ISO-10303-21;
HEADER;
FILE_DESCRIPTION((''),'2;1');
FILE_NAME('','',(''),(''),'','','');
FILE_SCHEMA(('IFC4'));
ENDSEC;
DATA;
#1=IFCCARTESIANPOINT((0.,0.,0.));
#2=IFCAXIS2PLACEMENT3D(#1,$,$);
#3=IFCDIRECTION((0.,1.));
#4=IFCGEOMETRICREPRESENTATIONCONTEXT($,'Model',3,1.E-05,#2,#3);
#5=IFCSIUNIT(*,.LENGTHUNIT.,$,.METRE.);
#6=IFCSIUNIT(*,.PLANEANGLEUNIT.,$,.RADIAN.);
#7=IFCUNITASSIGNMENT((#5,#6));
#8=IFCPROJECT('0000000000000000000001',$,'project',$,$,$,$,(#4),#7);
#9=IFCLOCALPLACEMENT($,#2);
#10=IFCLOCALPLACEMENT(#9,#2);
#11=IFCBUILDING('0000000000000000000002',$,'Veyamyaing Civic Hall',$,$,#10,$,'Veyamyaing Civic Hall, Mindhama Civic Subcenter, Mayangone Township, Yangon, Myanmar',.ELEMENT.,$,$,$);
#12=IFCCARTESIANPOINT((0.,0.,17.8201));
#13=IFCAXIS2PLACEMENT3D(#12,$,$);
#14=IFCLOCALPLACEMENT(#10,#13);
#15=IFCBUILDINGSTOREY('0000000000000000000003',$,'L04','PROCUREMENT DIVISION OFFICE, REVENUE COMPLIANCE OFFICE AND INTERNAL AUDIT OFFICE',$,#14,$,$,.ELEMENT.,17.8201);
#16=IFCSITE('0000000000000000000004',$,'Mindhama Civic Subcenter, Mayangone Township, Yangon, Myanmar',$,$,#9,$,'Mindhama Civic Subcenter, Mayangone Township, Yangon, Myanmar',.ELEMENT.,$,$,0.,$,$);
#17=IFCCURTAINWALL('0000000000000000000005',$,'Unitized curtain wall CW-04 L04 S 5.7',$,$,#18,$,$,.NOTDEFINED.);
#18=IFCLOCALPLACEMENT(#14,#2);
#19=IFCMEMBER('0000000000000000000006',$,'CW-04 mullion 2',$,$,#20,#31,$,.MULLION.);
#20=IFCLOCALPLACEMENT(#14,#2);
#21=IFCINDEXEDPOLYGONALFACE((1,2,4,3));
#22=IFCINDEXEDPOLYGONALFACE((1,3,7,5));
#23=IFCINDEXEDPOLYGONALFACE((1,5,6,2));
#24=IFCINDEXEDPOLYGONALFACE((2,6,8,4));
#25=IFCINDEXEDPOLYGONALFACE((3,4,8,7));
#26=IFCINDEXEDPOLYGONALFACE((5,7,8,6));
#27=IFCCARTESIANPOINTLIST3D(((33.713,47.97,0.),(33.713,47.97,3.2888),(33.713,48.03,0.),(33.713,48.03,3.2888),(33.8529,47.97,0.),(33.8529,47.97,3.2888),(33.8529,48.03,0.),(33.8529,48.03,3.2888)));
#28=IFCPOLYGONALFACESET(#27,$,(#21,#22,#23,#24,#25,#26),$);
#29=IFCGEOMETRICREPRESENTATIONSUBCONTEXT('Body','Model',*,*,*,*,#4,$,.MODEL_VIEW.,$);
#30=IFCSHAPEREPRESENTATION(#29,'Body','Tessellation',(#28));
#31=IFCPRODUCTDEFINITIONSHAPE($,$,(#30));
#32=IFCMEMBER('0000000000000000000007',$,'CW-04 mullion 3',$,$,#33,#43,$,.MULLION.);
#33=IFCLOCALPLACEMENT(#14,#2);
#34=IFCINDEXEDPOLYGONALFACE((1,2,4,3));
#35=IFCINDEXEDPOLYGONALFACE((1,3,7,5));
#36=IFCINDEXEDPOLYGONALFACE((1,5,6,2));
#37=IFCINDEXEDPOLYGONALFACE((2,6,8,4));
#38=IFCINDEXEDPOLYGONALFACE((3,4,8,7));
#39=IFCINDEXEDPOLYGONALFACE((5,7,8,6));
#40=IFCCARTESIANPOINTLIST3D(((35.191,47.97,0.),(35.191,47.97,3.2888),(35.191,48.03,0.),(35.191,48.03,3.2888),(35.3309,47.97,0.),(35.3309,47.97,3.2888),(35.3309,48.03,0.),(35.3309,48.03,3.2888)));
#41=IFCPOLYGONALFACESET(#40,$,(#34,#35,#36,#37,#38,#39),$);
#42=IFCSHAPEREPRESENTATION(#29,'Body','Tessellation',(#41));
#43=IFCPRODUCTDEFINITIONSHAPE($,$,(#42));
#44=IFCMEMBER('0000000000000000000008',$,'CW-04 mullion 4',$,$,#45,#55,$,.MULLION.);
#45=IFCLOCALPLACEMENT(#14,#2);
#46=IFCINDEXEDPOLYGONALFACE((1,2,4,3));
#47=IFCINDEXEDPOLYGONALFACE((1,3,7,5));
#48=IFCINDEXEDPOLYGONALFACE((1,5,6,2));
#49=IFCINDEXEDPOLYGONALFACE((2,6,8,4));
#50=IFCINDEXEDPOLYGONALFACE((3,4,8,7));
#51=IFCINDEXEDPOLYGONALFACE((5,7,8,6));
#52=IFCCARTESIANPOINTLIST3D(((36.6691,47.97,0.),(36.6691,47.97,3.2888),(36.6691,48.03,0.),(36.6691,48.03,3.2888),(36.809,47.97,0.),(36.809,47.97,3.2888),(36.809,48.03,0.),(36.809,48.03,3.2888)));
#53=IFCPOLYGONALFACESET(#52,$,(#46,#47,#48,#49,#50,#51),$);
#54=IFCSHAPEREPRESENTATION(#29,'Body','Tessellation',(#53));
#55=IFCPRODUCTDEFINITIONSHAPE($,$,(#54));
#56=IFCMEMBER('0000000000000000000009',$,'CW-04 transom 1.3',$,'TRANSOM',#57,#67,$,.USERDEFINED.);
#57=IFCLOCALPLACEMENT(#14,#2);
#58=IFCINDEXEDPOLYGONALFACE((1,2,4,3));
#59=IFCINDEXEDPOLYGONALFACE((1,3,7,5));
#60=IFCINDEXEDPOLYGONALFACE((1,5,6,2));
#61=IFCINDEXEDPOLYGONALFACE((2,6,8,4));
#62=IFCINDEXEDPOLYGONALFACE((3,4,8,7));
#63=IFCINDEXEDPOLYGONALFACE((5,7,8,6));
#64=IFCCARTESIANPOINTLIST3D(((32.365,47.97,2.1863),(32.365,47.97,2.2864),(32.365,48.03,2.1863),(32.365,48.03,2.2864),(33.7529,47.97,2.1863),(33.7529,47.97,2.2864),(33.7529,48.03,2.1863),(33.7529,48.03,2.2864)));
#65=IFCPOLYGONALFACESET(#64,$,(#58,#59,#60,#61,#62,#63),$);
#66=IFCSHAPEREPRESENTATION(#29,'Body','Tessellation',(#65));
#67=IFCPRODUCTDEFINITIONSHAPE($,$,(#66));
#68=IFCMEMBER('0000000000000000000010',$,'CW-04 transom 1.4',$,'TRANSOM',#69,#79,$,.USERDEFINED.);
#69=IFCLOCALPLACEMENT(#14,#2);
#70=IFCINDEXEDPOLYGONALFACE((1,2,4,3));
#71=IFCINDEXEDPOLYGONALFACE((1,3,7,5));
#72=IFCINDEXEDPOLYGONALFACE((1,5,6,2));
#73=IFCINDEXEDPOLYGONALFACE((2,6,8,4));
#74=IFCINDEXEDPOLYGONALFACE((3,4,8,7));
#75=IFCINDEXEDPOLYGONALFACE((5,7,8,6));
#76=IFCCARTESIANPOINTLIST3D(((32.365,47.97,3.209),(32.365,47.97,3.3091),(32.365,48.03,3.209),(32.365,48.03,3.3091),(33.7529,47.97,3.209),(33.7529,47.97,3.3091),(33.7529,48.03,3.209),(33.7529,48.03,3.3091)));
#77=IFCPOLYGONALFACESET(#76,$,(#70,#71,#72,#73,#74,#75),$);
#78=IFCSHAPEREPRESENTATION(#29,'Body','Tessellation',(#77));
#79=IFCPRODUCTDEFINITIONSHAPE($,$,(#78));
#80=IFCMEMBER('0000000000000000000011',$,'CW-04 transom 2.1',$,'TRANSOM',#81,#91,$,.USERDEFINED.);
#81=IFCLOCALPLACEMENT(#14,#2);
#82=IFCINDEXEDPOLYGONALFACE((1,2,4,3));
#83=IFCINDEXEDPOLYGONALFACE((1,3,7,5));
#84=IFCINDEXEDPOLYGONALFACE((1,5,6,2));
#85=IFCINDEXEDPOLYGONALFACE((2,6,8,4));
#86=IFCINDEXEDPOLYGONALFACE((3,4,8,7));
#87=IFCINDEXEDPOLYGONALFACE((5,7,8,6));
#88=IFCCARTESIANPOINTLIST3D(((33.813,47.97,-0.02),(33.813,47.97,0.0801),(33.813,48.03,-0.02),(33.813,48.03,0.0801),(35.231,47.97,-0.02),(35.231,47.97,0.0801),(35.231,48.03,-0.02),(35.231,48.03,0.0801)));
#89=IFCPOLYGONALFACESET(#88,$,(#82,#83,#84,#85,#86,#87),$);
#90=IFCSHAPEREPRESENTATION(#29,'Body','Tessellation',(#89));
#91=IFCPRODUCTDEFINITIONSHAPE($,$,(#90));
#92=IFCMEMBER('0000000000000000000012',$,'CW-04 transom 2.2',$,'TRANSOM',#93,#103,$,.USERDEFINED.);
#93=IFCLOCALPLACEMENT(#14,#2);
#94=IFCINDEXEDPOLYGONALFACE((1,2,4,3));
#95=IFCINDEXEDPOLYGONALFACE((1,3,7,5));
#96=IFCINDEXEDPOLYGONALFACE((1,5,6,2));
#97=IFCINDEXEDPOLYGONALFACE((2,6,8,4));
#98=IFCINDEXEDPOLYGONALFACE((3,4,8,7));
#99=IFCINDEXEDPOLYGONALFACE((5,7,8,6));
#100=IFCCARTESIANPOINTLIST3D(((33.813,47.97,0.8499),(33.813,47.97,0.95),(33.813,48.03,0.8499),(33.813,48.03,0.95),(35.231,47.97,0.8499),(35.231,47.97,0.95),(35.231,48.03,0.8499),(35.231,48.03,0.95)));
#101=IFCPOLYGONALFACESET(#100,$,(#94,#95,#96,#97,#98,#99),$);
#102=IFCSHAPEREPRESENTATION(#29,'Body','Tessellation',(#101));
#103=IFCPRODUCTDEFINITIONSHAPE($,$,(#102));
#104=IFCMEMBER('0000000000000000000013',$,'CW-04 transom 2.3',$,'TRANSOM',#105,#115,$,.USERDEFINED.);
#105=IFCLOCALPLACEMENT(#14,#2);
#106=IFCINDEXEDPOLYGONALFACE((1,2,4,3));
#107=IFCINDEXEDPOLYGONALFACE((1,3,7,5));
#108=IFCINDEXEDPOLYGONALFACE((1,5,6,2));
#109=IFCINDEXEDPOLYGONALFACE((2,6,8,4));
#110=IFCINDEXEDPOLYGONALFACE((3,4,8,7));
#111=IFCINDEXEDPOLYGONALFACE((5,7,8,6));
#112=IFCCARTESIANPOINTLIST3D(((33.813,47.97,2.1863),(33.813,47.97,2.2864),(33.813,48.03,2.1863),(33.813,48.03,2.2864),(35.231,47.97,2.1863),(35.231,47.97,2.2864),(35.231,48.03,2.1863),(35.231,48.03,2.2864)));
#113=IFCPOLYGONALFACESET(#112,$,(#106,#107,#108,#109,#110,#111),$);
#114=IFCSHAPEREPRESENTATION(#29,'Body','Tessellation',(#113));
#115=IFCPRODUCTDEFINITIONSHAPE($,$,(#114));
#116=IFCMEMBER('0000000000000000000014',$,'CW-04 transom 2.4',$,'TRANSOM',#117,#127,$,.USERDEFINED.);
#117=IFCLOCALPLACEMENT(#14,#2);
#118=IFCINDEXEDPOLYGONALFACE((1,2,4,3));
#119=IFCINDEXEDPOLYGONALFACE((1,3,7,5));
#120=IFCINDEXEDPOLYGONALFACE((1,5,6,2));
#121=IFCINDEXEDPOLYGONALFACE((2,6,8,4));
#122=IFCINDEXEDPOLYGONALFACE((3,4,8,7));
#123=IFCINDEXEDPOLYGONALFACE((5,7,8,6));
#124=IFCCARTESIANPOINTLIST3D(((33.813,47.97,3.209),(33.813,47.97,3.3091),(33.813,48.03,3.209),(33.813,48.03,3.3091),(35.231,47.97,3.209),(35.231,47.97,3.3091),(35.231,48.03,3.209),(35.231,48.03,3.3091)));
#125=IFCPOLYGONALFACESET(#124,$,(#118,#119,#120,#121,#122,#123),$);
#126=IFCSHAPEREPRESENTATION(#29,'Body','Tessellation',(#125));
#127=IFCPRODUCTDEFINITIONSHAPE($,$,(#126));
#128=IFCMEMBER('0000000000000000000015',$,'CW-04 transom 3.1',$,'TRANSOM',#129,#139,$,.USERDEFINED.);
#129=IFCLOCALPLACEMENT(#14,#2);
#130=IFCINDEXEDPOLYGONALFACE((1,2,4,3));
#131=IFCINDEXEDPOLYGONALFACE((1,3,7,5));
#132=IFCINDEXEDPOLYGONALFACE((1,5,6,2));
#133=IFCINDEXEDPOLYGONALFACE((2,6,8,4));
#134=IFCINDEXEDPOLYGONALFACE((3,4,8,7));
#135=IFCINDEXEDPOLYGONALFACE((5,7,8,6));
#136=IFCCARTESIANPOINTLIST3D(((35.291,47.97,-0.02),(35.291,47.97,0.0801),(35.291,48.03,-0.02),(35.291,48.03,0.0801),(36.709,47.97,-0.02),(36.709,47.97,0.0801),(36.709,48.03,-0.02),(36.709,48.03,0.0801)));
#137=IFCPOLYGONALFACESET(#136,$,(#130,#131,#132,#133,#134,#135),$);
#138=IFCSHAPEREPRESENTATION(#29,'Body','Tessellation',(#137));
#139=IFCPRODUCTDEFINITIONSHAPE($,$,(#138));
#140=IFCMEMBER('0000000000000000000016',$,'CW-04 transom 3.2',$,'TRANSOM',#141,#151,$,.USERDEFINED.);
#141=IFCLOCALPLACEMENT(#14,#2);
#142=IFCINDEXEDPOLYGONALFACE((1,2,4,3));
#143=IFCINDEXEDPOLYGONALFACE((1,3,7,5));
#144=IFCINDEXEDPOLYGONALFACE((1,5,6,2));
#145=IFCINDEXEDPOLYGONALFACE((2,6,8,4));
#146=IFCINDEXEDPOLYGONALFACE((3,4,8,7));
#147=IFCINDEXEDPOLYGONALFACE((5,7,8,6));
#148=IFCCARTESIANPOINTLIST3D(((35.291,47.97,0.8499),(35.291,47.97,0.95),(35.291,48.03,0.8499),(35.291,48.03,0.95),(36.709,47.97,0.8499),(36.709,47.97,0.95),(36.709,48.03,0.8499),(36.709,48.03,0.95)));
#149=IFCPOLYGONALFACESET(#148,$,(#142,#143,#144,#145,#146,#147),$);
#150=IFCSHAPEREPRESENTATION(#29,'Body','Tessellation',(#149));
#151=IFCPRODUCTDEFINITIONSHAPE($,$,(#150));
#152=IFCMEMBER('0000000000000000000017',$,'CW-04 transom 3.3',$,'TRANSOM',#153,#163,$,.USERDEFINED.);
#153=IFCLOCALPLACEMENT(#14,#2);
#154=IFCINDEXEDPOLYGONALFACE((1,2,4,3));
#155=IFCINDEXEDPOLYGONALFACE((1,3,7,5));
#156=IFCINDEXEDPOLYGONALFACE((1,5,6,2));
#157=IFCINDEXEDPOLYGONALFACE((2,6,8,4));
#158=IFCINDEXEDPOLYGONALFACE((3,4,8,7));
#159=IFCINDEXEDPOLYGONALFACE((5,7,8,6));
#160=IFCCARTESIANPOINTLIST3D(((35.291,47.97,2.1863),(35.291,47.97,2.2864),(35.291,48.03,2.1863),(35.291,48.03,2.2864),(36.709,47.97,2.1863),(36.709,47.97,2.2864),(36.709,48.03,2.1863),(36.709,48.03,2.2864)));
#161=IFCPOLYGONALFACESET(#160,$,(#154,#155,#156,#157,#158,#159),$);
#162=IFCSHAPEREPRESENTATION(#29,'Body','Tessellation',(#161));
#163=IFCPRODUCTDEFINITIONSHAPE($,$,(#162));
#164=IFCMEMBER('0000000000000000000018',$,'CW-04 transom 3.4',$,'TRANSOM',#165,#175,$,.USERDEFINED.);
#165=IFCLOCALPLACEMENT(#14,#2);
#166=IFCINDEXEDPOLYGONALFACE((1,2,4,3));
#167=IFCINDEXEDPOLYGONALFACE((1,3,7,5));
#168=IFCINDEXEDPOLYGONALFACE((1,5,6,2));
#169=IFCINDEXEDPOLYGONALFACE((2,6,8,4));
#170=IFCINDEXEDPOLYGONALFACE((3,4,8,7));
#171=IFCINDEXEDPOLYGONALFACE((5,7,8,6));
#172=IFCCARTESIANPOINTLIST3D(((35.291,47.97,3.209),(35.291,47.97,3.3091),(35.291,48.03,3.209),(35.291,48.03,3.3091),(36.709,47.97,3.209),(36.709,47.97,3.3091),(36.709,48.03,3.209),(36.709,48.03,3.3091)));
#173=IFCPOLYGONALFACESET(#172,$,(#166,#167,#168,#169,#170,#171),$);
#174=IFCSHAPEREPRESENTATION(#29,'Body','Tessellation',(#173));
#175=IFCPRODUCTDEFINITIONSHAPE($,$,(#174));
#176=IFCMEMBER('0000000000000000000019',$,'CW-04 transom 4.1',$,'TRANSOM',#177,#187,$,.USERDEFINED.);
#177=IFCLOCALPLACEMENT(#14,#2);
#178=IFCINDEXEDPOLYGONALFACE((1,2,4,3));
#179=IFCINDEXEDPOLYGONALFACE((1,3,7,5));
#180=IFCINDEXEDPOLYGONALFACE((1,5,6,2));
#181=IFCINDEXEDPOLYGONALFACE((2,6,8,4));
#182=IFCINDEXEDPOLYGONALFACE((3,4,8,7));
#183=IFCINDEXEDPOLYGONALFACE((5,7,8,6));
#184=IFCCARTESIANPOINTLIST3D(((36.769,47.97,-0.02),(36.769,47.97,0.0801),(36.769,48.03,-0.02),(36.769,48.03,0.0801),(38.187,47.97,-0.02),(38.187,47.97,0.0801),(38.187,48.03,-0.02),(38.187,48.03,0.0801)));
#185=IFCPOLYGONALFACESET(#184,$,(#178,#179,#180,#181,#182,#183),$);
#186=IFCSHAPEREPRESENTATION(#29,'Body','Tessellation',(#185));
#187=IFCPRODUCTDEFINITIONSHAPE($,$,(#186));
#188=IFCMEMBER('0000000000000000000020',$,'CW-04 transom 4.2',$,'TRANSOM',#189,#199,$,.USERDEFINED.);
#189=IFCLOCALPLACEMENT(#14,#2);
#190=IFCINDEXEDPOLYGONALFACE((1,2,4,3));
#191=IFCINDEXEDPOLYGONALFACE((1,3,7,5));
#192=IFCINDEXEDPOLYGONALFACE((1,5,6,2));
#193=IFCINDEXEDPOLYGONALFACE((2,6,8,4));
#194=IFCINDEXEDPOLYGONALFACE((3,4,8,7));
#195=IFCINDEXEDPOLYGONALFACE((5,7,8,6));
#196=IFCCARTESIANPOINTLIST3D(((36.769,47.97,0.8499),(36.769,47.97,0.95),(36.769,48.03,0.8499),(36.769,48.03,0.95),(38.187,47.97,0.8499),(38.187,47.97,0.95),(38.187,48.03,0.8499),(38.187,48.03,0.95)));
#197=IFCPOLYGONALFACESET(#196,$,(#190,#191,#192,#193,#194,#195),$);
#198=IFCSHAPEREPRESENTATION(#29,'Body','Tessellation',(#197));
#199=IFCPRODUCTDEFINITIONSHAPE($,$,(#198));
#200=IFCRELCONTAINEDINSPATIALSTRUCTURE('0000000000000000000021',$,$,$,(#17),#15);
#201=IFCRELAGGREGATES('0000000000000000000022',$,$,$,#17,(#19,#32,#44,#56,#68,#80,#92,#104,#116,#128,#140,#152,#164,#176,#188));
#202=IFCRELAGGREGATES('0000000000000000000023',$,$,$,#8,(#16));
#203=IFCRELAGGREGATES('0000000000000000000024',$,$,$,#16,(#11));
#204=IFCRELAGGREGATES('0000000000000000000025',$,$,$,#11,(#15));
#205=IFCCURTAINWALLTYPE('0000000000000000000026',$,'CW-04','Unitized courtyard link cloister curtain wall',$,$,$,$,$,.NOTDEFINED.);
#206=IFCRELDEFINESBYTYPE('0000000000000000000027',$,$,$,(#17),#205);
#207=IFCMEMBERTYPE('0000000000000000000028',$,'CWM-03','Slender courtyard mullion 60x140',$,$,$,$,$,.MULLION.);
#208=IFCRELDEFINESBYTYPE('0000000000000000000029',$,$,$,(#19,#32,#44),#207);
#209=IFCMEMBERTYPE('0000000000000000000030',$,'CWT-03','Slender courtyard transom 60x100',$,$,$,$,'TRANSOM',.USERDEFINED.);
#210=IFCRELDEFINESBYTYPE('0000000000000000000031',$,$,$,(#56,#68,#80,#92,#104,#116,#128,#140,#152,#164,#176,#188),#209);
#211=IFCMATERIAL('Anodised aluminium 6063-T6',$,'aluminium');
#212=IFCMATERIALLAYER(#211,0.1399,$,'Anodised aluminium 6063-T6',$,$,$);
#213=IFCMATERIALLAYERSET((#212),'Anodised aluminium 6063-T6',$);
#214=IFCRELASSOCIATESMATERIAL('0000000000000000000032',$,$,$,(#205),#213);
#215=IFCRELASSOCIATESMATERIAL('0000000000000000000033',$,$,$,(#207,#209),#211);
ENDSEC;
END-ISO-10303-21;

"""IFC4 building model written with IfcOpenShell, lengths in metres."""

from ifc_helpers import new_model, si_unit, direction, frame, origin, origin_2d, place, context, subcontext, project, spatial, rectangle, extrude, material, layer, layer_set, material_profile, profile_set, type_object, element, aggregate, save


model = new_model("IFC4")

# Units and contexts
model_context = context("Model", 3, precision=1e-05, world=origin(), true_north=direction((0.0, 1.0)))
body_context = subcontext(model_context, "Body", "Model", "MODEL_VIEW")
ifc_project = project(units=[si_unit("LENGTHUNIT", "METRE"), si_unit("PLANEANGLEUNIT", "RADIAN")], contexts=[model_context])

# Site, building, storey
site_placement = place(None, origin())
site = spatial("IfcSite", under=ifc_project, at=site_placement, Name="Mindhama Civic Subcenter, Mayangone Township, Yangon, Myanmar", LongName="Mindhama Civic Subcenter, Mayangone Township, Yangon, Myanmar", CompositionType="ELEMENT", RefElevation=0.0)
building_placement = place(site_placement, origin())
building = spatial("IfcBuilding", under=site, at=building_placement, Name="Veyamyaing Civic Hall", LongName="Veyamyaing Civic Hall, Mindhama Civic Subcenter, Mayangone Township, Yangon, Myanmar", CompositionType="ELEMENT")
storey_placement = place(building_placement, frame((0.0, 0.0, 17.8201)))
storey = spatial("IfcBuildingStorey", under=building, at=storey_placement, Name="L04", Description="PROCUREMENT DIVISION OFFICE, REVENUE COMPLIANCE OFFICE AND INTERNAL AUDIT OFFICE", CompositionType="ELEMENT", Elevation=17.8201)

# Curtain wall, members
ifc_material_1 = material(Name="Anodised aluminium 6063-T6", Category="aluminium")
ifc_layer_1 = layer(ifc_material_1, 0.1399, Name="Anodised aluminium 6063-T6")
ifc_layer_set_1 = layer_set([ifc_layer_1], Name="Anodised aluminium 6063-T6")
curtain_wall_type = type_object("IfcCurtainWallType", Name="CW-04", Description="Unitized courtyard link cloister curtain wall", PredefinedType="NOTDEFINED", material=ifc_layer_set_1)
curtain_wall_placement = place(storey_placement, origin())
curtain_wall = element("IfcCurtainWall", 1, at=curtain_wall_placement, inside=storey, type_object=curtain_wall_type, Name="Unitized curtain wall CW-04 L04 S 5.7", PredefinedType="NOTDEFINED")
ifc_material_profile_1 = material_profile(ifc_material_1, rectangle(XDim=0.0601, YDim=0.1399, at=origin_2d()), Name="ALU-MUL-60X140")
ifc_profile_set_1 = profile_set([ifc_material_profile_1], Name="Anodised aluminium 6063-T6")
member_type_1 = type_object("IfcMemberType", Name="CWM-03", Description="Slender courtyard mullion 60x140", PredefinedType="MULLION", material=ifc_profile_set_1)
member_1_placement = place(storey_placement, frame((33.783, 48.0, 0.0), z_axis=(0.0, 0.0, 1.0), x_axis=(0.0, 1.0, 0.0)))
member_1 = element("IfcMember", 2, at=member_1_placement, type_object=member_type_1, Name="CW-04 mullion 2", PredefinedType="MULLION", context=body_context, shape_type="SweptSolid", body=[
    extrude(rectangle(XDim=0.0601, YDim=0.1399, at=origin_2d()), origin(), (0.0, 0.0, 1.0), 3.2888),
])
member_2_placement = place(storey_placement, frame((35.261, 48.0, 0.0), z_axis=(0.0, 0.0, 1.0), x_axis=(0.0, 1.0, 0.0)))
member_2 = element("IfcMember", 3, at=member_2_placement, type_object=member_type_1, Name="CW-04 mullion 3", PredefinedType="MULLION", context=body_context, shape_type="SweptSolid", body=[
    extrude(rectangle(XDim=0.0601, YDim=0.1399, at=origin_2d()), origin(), (0.0, 0.0, 1.0), 3.2888),
])
member_3_placement = place(storey_placement, frame((36.739, 48.0, 0.0), z_axis=(0.0, 0.0, 1.0), x_axis=(0.0, 1.0, 0.0)))
member_3 = element("IfcMember", 4, at=member_3_placement, type_object=member_type_1, Name="CW-04 mullion 4", PredefinedType="MULLION", context=body_context, shape_type="SweptSolid", body=[
    extrude(rectangle(XDim=0.0601, YDim=0.1399, at=origin_2d()), origin(), (0.0, 0.0, 1.0), 3.2888),
])
ifc_material_profile_2 = material_profile(ifc_material_1, rectangle(XDim=0.0601, YDim=0.1001, at=origin_2d()), Name="ALU-TRN-60X100")
ifc_profile_set_2 = profile_set([ifc_material_profile_2], Name="Anodised aluminium 6063-T6")
member_type_2 = type_object("IfcMemberType", Name="CWT-03", Description="Slender courtyard transom 60x100", ElementType="TRANSOM", PredefinedType="USERDEFINED", material=ifc_profile_set_2)
member_4_placement = place(storey_placement, frame((32.365, 48.0, 2.2363), z_axis=(1.0, 0.0, 0.0), x_axis=(0.0, 1.0, 0.0)))
member_4 = element("IfcMember", 5, at=member_4_placement, type_object=member_type_2, Name="CW-04 transom 1.3", ObjectType="TRANSOM", PredefinedType="USERDEFINED", context=body_context, shape_type="SweptSolid", body=[
    extrude(rectangle(XDim=0.0601, YDim=0.1001, at=origin_2d()), origin(), (0.0, 0.0, 1.0), 1.3879),
])
member_5_placement = place(storey_placement, frame((32.365, 48.0, 3.259), z_axis=(1.0, 0.0, 0.0), x_axis=(0.0, 1.0, 0.0)))
member_5 = element("IfcMember", 6, at=member_5_placement, type_object=member_type_2, Name="CW-04 transom 1.4", ObjectType="TRANSOM", PredefinedType="USERDEFINED", context=body_context, shape_type="SweptSolid", body=[
    extrude(rectangle(XDim=0.0601, YDim=0.1001, at=origin_2d()), origin(), (0.0, 0.0, 1.0), 1.3879),
])
member_6_placement = place(storey_placement, frame((33.813, 48.0, 0.03), z_axis=(1.0, 0.0, 0.0), x_axis=(0.0, 1.0, 0.0)))
member_6 = element("IfcMember", 7, at=member_6_placement, type_object=member_type_2, Name="CW-04 transom 2.1", ObjectType="TRANSOM", PredefinedType="USERDEFINED", context=body_context, shape_type="SweptSolid", body=[
    extrude(rectangle(XDim=0.0601, YDim=0.1001, at=origin_2d()), origin(), (0.0, 0.0, 1.0), 1.418),
])
member_7_placement = place(storey_placement, frame((33.813, 48.0, 0.8999), z_axis=(1.0, 0.0, 0.0), x_axis=(0.0, 1.0, 0.0)))
member_7 = element("IfcMember", 8, at=member_7_placement, type_object=member_type_2, Name="CW-04 transom 2.2", ObjectType="TRANSOM", PredefinedType="USERDEFINED", context=body_context, shape_type="SweptSolid", body=[
    extrude(rectangle(XDim=0.0601, YDim=0.1001, at=origin_2d()), origin(), (0.0, 0.0, 1.0), 1.418),
])
member_8_placement = place(storey_placement, frame((33.813, 48.0, 2.2363), z_axis=(1.0, 0.0, 0.0), x_axis=(0.0, 1.0, 0.0)))
member_8 = element("IfcMember", 9, at=member_8_placement, type_object=member_type_2, Name="CW-04 transom 2.3", ObjectType="TRANSOM", PredefinedType="USERDEFINED", context=body_context, shape_type="SweptSolid", body=[
    extrude(rectangle(XDim=0.0601, YDim=0.1001, at=origin_2d()), origin(), (0.0, 0.0, 1.0), 1.418),
])
member_9_placement = place(storey_placement, frame((33.813, 48.0, 3.259), z_axis=(1.0, 0.0, 0.0), x_axis=(0.0, 1.0, 0.0)))
member_9 = element("IfcMember", 10, at=member_9_placement, type_object=member_type_2, Name="CW-04 transom 2.4", ObjectType="TRANSOM", PredefinedType="USERDEFINED", context=body_context, shape_type="SweptSolid", body=[
    extrude(rectangle(XDim=0.0601, YDim=0.1001, at=origin_2d()), origin(), (0.0, 0.0, 1.0), 1.418),
])
member_10_placement = place(storey_placement, frame((35.291, 48.0, 0.03), z_axis=(1.0, 0.0, 0.0), x_axis=(0.0, 1.0, 0.0)))
member_10 = element("IfcMember", 11, at=member_10_placement, type_object=member_type_2, Name="CW-04 transom 3.1", ObjectType="TRANSOM", PredefinedType="USERDEFINED", context=body_context, shape_type="SweptSolid", body=[
    extrude(rectangle(XDim=0.0601, YDim=0.1001, at=origin_2d()), origin(), (0.0, 0.0, 1.0), 1.418),
])
member_11_placement = place(storey_placement, frame((35.291, 48.0, 0.8999), z_axis=(1.0, 0.0, 0.0), x_axis=(0.0, 1.0, 0.0)))
member_11 = element("IfcMember", 12, at=member_11_placement, type_object=member_type_2, Name="CW-04 transom 3.2", ObjectType="TRANSOM", PredefinedType="USERDEFINED", context=body_context, shape_type="SweptSolid", body=[
    extrude(rectangle(XDim=0.0601, YDim=0.1001, at=origin_2d()), origin(), (0.0, 0.0, 1.0), 1.418),
])
member_12_placement = place(storey_placement, frame((35.291, 48.0, 2.2363), z_axis=(1.0, 0.0, 0.0), x_axis=(0.0, 1.0, 0.0)))
member_12 = element("IfcMember", 13, at=member_12_placement, type_object=member_type_2, Name="CW-04 transom 3.3", ObjectType="TRANSOM", PredefinedType="USERDEFINED", context=body_context, shape_type="SweptSolid", body=[
    extrude(rectangle(XDim=0.0601, YDim=0.1001, at=origin_2d()), origin(), (0.0, 0.0, 1.0), 1.418),
])
member_13_placement = place(storey_placement, frame((35.291, 48.0, 3.259), z_axis=(1.0, 0.0, 0.0), x_axis=(0.0, 1.0, 0.0)))
member_13 = element("IfcMember", 14, at=member_13_placement, type_object=member_type_2, Name="CW-04 transom 3.4", ObjectType="TRANSOM", PredefinedType="USERDEFINED", context=body_context, shape_type="SweptSolid", body=[
    extrude(rectangle(XDim=0.0601, YDim=0.1001, at=origin_2d()), origin(), (0.0, 0.0, 1.0), 1.418),
])
member_14_placement = place(storey_placement, frame((36.769, 48.0, 0.03), z_axis=(1.0, 0.0, 0.0), x_axis=(0.0, 1.0, 0.0)))
member_14 = element("IfcMember", 15, at=member_14_placement, type_object=member_type_2, Name="CW-04 transom 4.1", ObjectType="TRANSOM", PredefinedType="USERDEFINED", context=body_context, shape_type="SweptSolid", body=[
    extrude(rectangle(XDim=0.0601, YDim=0.1001, at=origin_2d()), origin(), (0.0, 0.0, 1.0), 1.418),
])
member_15_placement = place(storey_placement, frame((36.769, 48.0, 0.8999), z_axis=(1.0, 0.0, 0.0), x_axis=(0.0, 1.0, 0.0)))
member_15 = element("IfcMember", 16, at=member_15_placement, type_object=member_type_2, Name="CW-04 transom 4.2", ObjectType="TRANSOM", PredefinedType="USERDEFINED", context=body_context, shape_type="SweptSolid", body=[
    extrude(rectangle(XDim=0.0601, YDim=0.1001, at=origin_2d()), origin(), (0.0, 0.0, 1.0), 1.418),
])
aggregate(curtain_wall, [member_1, member_2, member_3, member_4, member_5, member_6, member_7, member_8, member_9, member_10, member_11, member_12, member_13, member_14, member_15])

save(model, "model.ifc")
